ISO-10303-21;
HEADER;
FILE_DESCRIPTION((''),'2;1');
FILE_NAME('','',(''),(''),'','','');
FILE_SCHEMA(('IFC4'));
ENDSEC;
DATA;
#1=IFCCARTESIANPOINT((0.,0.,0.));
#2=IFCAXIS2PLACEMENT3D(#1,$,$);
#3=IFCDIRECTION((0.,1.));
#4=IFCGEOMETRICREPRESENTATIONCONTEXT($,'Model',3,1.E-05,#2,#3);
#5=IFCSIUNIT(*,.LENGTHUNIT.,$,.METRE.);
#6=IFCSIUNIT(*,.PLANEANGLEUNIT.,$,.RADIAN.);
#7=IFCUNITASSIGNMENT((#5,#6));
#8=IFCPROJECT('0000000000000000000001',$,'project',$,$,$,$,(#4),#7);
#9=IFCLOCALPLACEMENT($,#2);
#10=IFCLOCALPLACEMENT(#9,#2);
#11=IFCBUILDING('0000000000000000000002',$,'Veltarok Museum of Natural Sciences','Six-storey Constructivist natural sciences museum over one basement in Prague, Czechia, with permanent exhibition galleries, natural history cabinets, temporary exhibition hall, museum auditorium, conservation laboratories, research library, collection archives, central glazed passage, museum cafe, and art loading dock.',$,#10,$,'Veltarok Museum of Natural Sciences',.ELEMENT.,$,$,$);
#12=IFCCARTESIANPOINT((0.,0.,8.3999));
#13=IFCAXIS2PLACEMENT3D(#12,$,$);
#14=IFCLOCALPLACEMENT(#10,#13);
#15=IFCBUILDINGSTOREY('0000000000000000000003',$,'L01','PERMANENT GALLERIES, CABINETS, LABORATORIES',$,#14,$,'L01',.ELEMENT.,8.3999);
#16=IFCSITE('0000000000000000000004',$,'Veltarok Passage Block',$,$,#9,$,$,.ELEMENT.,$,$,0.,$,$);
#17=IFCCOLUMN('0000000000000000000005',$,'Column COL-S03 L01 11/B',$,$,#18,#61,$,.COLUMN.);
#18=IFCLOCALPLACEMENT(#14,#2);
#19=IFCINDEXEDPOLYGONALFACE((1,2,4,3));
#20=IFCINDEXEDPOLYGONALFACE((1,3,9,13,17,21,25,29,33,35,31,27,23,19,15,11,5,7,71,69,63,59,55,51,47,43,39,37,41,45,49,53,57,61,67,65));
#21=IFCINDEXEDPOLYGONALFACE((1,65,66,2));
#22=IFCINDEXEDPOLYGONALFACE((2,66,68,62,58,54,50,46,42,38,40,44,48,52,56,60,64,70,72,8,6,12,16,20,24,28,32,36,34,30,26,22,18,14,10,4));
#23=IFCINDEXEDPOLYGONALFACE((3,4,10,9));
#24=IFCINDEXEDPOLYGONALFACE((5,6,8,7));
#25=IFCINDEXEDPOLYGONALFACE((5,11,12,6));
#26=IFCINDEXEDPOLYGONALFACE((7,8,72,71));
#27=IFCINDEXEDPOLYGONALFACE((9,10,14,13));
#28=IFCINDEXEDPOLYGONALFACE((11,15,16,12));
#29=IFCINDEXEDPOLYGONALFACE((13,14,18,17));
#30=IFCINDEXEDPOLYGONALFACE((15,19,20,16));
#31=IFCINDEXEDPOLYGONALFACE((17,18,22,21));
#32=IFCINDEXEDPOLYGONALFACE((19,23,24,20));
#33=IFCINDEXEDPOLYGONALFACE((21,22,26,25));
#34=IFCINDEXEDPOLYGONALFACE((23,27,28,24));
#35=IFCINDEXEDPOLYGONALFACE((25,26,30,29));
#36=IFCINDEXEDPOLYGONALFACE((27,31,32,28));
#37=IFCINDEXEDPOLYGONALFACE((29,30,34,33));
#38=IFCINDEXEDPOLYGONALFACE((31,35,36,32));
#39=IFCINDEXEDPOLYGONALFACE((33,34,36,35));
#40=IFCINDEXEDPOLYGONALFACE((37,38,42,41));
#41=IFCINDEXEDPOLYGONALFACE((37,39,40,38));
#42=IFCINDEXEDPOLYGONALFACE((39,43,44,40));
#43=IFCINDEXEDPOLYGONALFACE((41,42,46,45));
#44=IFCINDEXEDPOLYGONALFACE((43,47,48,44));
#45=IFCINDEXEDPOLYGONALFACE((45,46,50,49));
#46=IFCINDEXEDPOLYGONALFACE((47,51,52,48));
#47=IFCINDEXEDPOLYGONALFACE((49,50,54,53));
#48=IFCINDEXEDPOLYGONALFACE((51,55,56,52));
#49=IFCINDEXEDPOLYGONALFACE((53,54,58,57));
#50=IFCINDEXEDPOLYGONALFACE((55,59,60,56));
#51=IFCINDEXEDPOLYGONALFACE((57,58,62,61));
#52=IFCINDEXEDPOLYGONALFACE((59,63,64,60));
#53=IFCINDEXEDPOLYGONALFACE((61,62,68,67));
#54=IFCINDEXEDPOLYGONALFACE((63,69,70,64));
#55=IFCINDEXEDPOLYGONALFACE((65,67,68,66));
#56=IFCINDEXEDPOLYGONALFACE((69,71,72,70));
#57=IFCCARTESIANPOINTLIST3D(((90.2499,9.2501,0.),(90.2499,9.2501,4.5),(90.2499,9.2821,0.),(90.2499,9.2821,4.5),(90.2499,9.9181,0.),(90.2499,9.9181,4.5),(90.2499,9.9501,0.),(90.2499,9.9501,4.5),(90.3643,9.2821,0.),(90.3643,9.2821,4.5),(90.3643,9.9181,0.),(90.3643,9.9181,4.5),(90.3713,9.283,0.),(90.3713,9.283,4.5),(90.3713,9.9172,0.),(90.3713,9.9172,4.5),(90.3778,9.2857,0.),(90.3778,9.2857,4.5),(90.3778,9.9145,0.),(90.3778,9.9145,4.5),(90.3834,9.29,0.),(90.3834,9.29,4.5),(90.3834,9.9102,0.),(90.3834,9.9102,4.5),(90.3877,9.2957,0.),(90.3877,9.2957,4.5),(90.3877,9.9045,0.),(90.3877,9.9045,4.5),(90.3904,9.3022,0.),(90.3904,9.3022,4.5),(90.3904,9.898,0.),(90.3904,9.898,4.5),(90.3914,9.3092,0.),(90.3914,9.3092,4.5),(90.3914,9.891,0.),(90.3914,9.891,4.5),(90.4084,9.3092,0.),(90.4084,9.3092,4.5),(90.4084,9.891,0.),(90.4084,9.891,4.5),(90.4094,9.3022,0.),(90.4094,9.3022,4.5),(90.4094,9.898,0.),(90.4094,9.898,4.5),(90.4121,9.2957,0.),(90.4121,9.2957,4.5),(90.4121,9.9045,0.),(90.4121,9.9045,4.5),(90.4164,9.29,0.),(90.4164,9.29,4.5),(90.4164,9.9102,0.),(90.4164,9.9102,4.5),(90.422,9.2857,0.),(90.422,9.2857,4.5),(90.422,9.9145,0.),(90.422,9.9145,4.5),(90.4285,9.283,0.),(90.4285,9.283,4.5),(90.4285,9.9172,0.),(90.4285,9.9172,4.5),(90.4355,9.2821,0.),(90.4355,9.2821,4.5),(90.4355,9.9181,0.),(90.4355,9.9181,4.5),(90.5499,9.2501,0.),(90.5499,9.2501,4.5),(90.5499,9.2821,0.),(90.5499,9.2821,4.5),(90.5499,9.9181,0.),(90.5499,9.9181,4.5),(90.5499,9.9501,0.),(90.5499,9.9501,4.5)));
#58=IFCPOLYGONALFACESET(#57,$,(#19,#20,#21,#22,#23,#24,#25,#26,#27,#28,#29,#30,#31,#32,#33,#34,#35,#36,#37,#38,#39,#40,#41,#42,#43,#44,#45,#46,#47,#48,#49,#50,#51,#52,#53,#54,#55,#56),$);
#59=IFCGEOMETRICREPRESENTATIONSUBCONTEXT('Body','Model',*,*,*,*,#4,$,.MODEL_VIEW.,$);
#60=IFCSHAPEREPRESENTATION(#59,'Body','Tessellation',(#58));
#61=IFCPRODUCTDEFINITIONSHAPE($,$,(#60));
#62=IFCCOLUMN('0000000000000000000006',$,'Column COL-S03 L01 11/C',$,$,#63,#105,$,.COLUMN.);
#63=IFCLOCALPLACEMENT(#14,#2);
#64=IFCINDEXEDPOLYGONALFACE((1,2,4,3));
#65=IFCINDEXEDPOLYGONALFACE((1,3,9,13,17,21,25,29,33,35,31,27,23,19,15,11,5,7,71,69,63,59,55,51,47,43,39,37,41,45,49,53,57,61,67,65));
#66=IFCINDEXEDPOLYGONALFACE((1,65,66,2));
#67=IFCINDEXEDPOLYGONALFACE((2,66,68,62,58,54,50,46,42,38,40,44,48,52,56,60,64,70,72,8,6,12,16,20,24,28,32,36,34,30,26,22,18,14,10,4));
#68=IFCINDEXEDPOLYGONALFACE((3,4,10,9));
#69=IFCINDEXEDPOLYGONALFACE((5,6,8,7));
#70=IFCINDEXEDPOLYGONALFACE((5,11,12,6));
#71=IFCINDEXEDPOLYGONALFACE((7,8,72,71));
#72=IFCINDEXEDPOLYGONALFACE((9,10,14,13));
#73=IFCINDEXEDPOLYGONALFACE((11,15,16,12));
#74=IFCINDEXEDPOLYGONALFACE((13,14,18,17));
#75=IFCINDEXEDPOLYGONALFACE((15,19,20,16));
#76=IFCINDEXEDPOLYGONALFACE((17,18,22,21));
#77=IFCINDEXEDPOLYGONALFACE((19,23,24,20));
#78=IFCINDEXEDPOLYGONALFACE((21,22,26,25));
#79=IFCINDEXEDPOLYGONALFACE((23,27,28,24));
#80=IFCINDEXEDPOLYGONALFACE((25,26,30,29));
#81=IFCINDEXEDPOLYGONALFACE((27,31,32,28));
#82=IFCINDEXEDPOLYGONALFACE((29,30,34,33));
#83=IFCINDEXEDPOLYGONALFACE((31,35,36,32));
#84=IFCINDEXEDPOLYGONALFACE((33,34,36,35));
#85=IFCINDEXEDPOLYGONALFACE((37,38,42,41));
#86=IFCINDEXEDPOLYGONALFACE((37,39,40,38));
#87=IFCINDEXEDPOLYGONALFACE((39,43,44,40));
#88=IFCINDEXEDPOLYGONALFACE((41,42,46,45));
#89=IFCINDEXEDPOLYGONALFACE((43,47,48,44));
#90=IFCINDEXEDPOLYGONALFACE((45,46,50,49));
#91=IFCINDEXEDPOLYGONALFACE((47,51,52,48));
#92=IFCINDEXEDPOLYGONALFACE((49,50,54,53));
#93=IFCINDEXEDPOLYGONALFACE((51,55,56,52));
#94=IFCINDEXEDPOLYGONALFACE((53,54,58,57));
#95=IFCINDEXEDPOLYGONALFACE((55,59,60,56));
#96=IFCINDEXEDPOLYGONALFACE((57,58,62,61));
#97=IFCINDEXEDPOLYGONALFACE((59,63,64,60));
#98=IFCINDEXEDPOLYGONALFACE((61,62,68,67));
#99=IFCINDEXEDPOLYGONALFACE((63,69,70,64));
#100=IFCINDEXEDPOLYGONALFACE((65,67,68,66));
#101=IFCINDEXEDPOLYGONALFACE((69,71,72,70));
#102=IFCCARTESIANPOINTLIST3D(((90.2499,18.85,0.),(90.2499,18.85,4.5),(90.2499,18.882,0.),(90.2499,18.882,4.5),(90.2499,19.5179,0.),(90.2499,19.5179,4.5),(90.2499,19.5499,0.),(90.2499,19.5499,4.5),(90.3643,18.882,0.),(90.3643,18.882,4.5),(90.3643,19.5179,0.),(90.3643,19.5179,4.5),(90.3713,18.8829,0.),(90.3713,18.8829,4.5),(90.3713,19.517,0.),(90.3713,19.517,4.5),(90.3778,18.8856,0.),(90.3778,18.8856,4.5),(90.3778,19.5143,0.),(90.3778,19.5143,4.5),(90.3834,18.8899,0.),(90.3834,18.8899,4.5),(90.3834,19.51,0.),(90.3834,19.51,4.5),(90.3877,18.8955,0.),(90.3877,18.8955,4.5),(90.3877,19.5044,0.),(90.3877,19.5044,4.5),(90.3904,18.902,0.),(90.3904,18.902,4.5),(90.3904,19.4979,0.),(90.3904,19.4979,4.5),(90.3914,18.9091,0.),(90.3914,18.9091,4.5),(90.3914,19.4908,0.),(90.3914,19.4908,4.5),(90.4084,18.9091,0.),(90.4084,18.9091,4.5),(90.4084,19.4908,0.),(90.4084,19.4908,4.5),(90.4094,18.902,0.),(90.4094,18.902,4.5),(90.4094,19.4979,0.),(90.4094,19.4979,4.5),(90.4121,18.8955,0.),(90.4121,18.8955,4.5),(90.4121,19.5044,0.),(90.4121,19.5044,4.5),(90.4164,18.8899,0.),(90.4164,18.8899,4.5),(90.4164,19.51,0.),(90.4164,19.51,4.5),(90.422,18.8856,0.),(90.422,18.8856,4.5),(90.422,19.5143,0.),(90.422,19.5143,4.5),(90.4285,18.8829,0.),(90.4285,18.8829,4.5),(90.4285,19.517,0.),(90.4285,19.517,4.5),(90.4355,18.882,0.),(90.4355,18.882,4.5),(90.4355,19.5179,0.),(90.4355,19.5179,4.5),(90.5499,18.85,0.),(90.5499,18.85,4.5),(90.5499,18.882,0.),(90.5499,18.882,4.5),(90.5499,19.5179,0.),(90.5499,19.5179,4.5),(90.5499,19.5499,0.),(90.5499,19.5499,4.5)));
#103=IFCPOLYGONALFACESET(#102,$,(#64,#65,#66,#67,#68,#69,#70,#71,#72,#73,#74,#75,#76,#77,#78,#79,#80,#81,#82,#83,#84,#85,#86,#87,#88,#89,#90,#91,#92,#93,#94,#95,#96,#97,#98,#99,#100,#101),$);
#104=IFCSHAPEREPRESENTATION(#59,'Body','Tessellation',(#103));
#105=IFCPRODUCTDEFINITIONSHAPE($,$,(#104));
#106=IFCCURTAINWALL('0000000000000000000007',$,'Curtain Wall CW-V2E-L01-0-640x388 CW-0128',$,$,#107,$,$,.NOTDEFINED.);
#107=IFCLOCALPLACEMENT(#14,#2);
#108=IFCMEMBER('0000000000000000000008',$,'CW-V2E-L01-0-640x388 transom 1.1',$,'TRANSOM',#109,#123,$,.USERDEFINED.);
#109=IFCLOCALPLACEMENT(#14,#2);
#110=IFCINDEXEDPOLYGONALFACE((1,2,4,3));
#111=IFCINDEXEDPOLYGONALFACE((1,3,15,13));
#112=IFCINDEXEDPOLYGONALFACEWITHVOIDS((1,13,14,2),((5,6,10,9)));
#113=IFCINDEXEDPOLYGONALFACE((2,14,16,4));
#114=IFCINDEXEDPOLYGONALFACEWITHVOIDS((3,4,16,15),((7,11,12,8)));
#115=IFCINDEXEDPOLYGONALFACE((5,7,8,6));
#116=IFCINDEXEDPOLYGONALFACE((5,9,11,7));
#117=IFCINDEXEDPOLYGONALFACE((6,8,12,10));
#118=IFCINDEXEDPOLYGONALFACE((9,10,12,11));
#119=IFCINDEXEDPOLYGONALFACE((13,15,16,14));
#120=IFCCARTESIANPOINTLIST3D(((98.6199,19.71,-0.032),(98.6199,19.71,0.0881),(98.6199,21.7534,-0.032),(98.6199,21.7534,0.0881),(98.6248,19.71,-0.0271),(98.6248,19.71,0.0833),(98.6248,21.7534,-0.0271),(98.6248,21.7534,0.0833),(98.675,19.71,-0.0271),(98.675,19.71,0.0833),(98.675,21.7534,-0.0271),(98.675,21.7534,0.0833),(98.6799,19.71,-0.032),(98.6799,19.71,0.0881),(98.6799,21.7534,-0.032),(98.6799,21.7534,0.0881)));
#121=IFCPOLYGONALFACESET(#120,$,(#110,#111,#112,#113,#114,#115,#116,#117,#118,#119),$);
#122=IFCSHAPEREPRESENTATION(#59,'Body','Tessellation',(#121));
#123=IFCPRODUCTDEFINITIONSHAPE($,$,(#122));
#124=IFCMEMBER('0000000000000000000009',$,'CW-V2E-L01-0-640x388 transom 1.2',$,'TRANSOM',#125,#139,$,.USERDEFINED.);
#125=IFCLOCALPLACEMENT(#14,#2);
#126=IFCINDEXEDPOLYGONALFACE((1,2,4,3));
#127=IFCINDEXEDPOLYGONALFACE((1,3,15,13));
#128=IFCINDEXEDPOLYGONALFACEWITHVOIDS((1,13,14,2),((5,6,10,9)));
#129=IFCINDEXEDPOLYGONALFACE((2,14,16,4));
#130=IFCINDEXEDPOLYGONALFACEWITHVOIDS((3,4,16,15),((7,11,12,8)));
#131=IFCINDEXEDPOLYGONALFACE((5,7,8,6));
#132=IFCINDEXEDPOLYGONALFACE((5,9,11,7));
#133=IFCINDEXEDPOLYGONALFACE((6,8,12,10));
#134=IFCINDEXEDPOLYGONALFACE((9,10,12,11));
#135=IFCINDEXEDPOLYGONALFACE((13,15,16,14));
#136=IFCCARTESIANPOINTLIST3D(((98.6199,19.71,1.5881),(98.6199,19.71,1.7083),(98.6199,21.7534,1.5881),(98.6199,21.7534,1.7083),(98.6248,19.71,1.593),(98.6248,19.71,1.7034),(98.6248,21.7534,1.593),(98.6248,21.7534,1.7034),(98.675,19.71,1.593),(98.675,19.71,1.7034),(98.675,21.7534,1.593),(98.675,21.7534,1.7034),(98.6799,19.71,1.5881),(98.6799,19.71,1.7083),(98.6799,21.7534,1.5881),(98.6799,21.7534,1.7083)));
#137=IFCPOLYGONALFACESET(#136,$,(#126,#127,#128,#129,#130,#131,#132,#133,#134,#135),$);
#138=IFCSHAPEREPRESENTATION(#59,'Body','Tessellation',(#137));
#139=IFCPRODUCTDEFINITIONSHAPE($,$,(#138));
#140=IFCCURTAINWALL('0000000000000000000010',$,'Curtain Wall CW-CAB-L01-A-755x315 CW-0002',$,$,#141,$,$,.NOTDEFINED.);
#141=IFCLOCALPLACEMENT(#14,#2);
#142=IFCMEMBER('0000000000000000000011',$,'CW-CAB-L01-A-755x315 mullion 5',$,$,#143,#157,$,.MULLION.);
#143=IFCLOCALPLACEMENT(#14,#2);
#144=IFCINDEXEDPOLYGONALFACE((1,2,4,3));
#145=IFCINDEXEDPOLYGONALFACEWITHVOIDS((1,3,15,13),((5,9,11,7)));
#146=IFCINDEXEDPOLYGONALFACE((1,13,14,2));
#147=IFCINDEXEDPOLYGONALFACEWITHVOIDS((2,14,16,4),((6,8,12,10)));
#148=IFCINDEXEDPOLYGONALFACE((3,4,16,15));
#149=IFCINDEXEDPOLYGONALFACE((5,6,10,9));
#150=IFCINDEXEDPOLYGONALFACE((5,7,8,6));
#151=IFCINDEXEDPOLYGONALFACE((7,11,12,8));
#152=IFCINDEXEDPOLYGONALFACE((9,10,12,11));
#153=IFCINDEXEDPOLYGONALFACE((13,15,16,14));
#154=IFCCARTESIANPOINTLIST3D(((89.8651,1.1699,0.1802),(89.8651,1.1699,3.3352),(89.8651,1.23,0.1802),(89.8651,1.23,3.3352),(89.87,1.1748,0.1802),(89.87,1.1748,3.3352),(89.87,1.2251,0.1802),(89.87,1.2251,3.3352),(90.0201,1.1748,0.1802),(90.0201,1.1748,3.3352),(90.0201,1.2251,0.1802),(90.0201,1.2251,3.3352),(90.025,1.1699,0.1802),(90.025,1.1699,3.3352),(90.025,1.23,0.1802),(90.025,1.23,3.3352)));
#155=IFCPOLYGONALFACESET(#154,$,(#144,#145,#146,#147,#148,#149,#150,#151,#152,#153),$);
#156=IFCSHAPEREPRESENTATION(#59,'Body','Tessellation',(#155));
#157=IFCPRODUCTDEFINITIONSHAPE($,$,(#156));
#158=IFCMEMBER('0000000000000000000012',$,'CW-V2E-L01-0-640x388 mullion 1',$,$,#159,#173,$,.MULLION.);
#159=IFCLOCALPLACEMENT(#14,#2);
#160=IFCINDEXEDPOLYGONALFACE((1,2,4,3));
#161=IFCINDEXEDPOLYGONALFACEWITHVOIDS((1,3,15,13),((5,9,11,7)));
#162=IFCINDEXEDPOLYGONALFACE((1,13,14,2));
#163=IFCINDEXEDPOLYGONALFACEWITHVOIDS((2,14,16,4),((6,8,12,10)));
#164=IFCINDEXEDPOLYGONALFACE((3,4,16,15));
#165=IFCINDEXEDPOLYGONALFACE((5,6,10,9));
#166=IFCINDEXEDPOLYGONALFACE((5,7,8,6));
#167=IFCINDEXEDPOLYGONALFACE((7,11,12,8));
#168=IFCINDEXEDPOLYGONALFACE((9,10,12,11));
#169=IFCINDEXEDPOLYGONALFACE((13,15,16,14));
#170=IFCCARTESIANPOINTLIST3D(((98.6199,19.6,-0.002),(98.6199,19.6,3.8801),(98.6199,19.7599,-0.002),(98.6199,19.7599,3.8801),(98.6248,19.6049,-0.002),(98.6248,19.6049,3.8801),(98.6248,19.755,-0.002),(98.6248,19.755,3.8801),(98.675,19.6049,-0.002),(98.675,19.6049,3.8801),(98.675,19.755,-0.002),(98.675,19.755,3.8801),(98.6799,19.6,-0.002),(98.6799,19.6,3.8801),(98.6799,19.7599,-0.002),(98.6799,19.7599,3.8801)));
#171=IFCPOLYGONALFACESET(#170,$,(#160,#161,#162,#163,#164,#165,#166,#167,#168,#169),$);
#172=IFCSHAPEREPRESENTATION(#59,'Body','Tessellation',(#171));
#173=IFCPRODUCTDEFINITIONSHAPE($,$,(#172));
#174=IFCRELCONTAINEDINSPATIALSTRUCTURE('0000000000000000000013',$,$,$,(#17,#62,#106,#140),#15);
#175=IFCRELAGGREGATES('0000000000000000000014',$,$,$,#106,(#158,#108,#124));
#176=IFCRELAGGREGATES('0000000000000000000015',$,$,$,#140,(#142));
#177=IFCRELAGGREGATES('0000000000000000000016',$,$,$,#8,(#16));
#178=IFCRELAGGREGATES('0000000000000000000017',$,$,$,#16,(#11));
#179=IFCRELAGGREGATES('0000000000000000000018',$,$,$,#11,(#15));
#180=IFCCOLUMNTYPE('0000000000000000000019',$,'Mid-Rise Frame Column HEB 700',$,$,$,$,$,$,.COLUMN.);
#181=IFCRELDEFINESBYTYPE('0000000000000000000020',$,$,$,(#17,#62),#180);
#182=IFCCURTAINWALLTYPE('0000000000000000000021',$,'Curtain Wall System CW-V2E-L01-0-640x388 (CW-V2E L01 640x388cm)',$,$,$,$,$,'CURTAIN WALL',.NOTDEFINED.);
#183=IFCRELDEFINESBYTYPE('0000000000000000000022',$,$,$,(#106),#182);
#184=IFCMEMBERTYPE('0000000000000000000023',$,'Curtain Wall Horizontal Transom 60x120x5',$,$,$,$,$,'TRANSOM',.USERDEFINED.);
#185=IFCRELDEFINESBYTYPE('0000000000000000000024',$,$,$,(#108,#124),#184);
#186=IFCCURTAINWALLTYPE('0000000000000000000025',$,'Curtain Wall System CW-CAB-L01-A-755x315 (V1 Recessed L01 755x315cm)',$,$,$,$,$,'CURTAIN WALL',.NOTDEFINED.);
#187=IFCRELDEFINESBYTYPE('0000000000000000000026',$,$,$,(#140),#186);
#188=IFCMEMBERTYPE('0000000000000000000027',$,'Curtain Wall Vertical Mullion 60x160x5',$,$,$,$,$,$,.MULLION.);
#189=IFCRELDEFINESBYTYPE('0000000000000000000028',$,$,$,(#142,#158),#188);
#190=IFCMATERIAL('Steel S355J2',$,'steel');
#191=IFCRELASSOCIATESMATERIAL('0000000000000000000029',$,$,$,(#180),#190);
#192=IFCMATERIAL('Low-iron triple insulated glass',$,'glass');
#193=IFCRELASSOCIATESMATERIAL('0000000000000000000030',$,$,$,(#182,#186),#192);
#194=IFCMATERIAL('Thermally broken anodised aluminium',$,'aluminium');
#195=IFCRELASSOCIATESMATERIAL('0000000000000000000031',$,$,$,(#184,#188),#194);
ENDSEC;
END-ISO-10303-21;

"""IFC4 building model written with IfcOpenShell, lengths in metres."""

from ifc_helpers import new_model, si_unit, direction, frame, origin, origin_2d, place, context, subcontext, project, spatial, hollow_rectangle, i_section, extrude, material, material_profile, profile_set, type_object, element, aggregate, save


model = new_model("IFC4")

# Units and contexts
model_context = context("Model", 3, precision=1e-05, world=origin(), true_north=direction((0.0, 1.0)))
body_context = subcontext(model_context, "Body", "Model", "MODEL_VIEW")
ifc_project = project(units=[si_unit("LENGTHUNIT", "METRE"), si_unit("PLANEANGLEUNIT", "RADIAN")], contexts=[model_context])

# Site, building, storey
site_placement = place(None, origin())
site = spatial("IfcSite", under=ifc_project, at=site_placement, Name="Veltarok Passage Block", CompositionType="ELEMENT", RefElevation=0.0)
building_placement = place(site_placement, origin())
building = spatial("IfcBuilding", under=site, at=building_placement, Name="Veltarok Museum of Natural Sciences", Description="Six-storey Constructivist natural sciences museum over one basement in Prague, Czechia, with permanent exhibition galleries, natural history cabinets, temporary exhibition hall, museum auditorium, conservation laboratories, research library, collection archives, central glazed passage, museum cafe, and art loading dock.", LongName="Veltarok Museum of Natural Sciences", CompositionType="ELEMENT")
storey_placement = place(building_placement, frame((0.0, 0.0, 8.3999)))
storey = spatial("IfcBuildingStorey", under=building, at=storey_placement, Name="L01", Description="PERMANENT GALLERIES, CABINETS, LABORATORIES", LongName="L01", CompositionType="ELEMENT", Elevation=8.3999)

# Columns
ifc_material_1 = material(Name="Steel S355J2", Category="steel")
ifc_material_profile_1 = material_profile(ifc_material_1, i_section(OverallWidth=0.3, OverallDepth=0.7, WebThickness=0.0171, FlangeThickness=0.032, FilletRadius=0.0271, at=origin_2d()), Name="HEB 700")
ifc_profile_set_1 = profile_set([ifc_material_profile_1], Name="Steel S355J2")
column_type = type_object("IfcColumnType", Name="Mid-Rise Frame Column HEB 700", PredefinedType="COLUMN", material=ifc_profile_set_1)
for number, where, z_axis, x_axis, name in (
    (1, (90.3999, 9.6001, 0.0), (0.0, 0.0, 1.0), (1.0, 0.0, 0.0), "Column COL-S03 L01 11/B"),
    (2, (90.3999, 19.2, 0.0), (0.0, 0.0, 1.0), (1.0, 0.0, 0.0), "Column COL-S03 L01 11/C"),
):
    element("IfcColumn", number, at=place(storey_placement, frame(where, z_axis=z_axis, x_axis=x_axis)), inside=storey, type_object=column_type, Name=name, PredefinedType="COLUMN", context=body_context, shape_type="SweptSolid", body=[
        extrude(i_section(OverallWidth=0.3, OverallDepth=0.7, WebThickness=0.0171, FlangeThickness=0.032, FilletRadius=0.0271, at=origin_2d()), origin(), (0.0, 0.0, 1.0), 4.5),
    ])

# Curtain wall, members
ifc_material_2 = material(Name="Low-iron triple insulated glass", Category="glass")
curtain_wall_type_1 = type_object("IfcCurtainWallType", Name="Curtain Wall System CW-V2E-L01-0-640x388 (CW-V2E L01 640x388cm)", ElementType="CURTAIN WALL", PredefinedType="NOTDEFINED", material=ifc_material_2)
curtain_wall_1_placement = place(storey_placement, origin())
curtain_wall_1 = element("IfcCurtainWall", 3, at=curtain_wall_1_placement, inside=storey, type_object=curtain_wall_type_1, Name="Curtain Wall CW-V2E-L01-0-640x388 CW-0128", PredefinedType="NOTDEFINED")
ifc_material_3 = material(Name="Thermally broken anodised aluminium", Category="aluminium")
ifc_material_profile_2 = material_profile(ifc_material_3, hollow_rectangle(XDim=0.0601, YDim=0.1201, WallThickness=0.0049, at=origin_2d()), Name="CW TRANSOM 60x120x5")
ifc_profile_set_2 = profile_set([ifc_material_profile_2], Name="Thermally broken anodised aluminium")
member_type_1 = type_object("IfcMemberType", Name="Curtain Wall Horizontal Transom 60x120x5", ElementType="TRANSOM", PredefinedType="USERDEFINED", material=ifc_profile_set_2)
member_1_placement = place(storey_placement, frame((98.6499, 19.71, 0.0281), z_axis=(0.0, 1.0, 0.0), x_axis=(-1.0, 0.0, 0.0)))
member_1 = element("IfcMember", 4, at=member_1_placement, type_object=member_type_1, Name="CW-V2E-L01-0-640x388 transom 1.1", ObjectType="TRANSOM", PredefinedType="USERDEFINED", context=body_context, shape_type="SweptSolid", body=[
    extrude(hollow_rectangle(XDim=0.0601, YDim=0.1201, WallThickness=0.0049, at=origin_2d()), origin(), (0.0, 0.0, 1.0), 2.0435),
])
member_2_placement = place(storey_placement, frame((98.6499, 19.71, 1.6482), z_axis=(0.0, 1.0, 0.0), x_axis=(-1.0, 0.0, 0.0)))
member_2 = element("IfcMember", 5, at=member_2_placement, type_object=member_type_1, Name="CW-V2E-L01-0-640x388 transom 1.2", ObjectType="TRANSOM", PredefinedType="USERDEFINED", context=body_context, shape_type="SweptSolid", body=[
    extrude(hollow_rectangle(XDim=0.0601, YDim=0.1201, WallThickness=0.0049, at=origin_2d()), origin(), (0.0, 0.0, 1.0), 2.0435),
])

# Curtain wall, member
curtain_wall_type_2 = type_object("IfcCurtainWallType", Name="Curtain Wall System CW-CAB-L01-A-755x315 (V1 Recessed L01 755x315cm)", ElementType="CURTAIN WALL", PredefinedType="NOTDEFINED", material=ifc_material_2)
curtain_wall_2_placement = place(storey_placement, origin())
curtain_wall_2 = element("IfcCurtainWall", 6, at=curtain_wall_2_placement, inside=storey, type_object=curtain_wall_type_2, Name="Curtain Wall CW-CAB-L01-A-755x315 CW-0002", PredefinedType="NOTDEFINED")
ifc_material_profile_3 = material_profile(ifc_material_3, hollow_rectangle(XDim=0.0601, YDim=0.1599, WallThickness=0.0049, at=origin_2d()), Name="CW MULLION 60x160x5")
ifc_profile_set_3 = profile_set([ifc_material_profile_3], Name="Thermally broken anodised aluminium")
member_type_2 = type_object("IfcMemberType", Name="Curtain Wall Vertical Mullion 60x160x5", PredefinedType="MULLION", material=ifc_profile_set_3)
member_3_placement = place(storey_placement, frame((89.9451, 1.2, 0.1802), z_axis=(0.0, 0.0, 1.0), x_axis=(0.0, 1.0, 0.0)))
member_3 = element("IfcMember", 7, at=member_3_placement, type_object=member_type_2, Name="CW-CAB-L01-A-755x315 mullion 5", PredefinedType="MULLION", context=body_context, shape_type="SweptSolid", body=[
    extrude(hollow_rectangle(XDim=0.0601, YDim=0.1599, WallThickness=0.0049, at=origin_2d()), origin(), (0.0, 0.0, 1.0), 3.155),
])

# Member
member_4_placement = place(storey_placement, frame((98.6499, 19.6799, -0.002), z_axis=(0.0, 0.0, 1.0), x_axis=(-1.0, 0.0, 0.0)))
member_4 = element("IfcMember", 8, at=member_4_placement, type_object=member_type_2, Name="CW-V2E-L01-0-640x388 mullion 1", PredefinedType="MULLION", context=body_context, shape_type="SweptSolid", body=[
    extrude(hollow_rectangle(XDim=0.0601, YDim=0.1599, WallThickness=0.0049, at=origin_2d()), origin(), (0.0, 0.0, 1.0), 3.8821),
])
aggregate(curtain_wall_1, [member_4, member_1, member_2])

aggregate(curtain_wall_2, [member_3])

save(model, "model.ifc")
